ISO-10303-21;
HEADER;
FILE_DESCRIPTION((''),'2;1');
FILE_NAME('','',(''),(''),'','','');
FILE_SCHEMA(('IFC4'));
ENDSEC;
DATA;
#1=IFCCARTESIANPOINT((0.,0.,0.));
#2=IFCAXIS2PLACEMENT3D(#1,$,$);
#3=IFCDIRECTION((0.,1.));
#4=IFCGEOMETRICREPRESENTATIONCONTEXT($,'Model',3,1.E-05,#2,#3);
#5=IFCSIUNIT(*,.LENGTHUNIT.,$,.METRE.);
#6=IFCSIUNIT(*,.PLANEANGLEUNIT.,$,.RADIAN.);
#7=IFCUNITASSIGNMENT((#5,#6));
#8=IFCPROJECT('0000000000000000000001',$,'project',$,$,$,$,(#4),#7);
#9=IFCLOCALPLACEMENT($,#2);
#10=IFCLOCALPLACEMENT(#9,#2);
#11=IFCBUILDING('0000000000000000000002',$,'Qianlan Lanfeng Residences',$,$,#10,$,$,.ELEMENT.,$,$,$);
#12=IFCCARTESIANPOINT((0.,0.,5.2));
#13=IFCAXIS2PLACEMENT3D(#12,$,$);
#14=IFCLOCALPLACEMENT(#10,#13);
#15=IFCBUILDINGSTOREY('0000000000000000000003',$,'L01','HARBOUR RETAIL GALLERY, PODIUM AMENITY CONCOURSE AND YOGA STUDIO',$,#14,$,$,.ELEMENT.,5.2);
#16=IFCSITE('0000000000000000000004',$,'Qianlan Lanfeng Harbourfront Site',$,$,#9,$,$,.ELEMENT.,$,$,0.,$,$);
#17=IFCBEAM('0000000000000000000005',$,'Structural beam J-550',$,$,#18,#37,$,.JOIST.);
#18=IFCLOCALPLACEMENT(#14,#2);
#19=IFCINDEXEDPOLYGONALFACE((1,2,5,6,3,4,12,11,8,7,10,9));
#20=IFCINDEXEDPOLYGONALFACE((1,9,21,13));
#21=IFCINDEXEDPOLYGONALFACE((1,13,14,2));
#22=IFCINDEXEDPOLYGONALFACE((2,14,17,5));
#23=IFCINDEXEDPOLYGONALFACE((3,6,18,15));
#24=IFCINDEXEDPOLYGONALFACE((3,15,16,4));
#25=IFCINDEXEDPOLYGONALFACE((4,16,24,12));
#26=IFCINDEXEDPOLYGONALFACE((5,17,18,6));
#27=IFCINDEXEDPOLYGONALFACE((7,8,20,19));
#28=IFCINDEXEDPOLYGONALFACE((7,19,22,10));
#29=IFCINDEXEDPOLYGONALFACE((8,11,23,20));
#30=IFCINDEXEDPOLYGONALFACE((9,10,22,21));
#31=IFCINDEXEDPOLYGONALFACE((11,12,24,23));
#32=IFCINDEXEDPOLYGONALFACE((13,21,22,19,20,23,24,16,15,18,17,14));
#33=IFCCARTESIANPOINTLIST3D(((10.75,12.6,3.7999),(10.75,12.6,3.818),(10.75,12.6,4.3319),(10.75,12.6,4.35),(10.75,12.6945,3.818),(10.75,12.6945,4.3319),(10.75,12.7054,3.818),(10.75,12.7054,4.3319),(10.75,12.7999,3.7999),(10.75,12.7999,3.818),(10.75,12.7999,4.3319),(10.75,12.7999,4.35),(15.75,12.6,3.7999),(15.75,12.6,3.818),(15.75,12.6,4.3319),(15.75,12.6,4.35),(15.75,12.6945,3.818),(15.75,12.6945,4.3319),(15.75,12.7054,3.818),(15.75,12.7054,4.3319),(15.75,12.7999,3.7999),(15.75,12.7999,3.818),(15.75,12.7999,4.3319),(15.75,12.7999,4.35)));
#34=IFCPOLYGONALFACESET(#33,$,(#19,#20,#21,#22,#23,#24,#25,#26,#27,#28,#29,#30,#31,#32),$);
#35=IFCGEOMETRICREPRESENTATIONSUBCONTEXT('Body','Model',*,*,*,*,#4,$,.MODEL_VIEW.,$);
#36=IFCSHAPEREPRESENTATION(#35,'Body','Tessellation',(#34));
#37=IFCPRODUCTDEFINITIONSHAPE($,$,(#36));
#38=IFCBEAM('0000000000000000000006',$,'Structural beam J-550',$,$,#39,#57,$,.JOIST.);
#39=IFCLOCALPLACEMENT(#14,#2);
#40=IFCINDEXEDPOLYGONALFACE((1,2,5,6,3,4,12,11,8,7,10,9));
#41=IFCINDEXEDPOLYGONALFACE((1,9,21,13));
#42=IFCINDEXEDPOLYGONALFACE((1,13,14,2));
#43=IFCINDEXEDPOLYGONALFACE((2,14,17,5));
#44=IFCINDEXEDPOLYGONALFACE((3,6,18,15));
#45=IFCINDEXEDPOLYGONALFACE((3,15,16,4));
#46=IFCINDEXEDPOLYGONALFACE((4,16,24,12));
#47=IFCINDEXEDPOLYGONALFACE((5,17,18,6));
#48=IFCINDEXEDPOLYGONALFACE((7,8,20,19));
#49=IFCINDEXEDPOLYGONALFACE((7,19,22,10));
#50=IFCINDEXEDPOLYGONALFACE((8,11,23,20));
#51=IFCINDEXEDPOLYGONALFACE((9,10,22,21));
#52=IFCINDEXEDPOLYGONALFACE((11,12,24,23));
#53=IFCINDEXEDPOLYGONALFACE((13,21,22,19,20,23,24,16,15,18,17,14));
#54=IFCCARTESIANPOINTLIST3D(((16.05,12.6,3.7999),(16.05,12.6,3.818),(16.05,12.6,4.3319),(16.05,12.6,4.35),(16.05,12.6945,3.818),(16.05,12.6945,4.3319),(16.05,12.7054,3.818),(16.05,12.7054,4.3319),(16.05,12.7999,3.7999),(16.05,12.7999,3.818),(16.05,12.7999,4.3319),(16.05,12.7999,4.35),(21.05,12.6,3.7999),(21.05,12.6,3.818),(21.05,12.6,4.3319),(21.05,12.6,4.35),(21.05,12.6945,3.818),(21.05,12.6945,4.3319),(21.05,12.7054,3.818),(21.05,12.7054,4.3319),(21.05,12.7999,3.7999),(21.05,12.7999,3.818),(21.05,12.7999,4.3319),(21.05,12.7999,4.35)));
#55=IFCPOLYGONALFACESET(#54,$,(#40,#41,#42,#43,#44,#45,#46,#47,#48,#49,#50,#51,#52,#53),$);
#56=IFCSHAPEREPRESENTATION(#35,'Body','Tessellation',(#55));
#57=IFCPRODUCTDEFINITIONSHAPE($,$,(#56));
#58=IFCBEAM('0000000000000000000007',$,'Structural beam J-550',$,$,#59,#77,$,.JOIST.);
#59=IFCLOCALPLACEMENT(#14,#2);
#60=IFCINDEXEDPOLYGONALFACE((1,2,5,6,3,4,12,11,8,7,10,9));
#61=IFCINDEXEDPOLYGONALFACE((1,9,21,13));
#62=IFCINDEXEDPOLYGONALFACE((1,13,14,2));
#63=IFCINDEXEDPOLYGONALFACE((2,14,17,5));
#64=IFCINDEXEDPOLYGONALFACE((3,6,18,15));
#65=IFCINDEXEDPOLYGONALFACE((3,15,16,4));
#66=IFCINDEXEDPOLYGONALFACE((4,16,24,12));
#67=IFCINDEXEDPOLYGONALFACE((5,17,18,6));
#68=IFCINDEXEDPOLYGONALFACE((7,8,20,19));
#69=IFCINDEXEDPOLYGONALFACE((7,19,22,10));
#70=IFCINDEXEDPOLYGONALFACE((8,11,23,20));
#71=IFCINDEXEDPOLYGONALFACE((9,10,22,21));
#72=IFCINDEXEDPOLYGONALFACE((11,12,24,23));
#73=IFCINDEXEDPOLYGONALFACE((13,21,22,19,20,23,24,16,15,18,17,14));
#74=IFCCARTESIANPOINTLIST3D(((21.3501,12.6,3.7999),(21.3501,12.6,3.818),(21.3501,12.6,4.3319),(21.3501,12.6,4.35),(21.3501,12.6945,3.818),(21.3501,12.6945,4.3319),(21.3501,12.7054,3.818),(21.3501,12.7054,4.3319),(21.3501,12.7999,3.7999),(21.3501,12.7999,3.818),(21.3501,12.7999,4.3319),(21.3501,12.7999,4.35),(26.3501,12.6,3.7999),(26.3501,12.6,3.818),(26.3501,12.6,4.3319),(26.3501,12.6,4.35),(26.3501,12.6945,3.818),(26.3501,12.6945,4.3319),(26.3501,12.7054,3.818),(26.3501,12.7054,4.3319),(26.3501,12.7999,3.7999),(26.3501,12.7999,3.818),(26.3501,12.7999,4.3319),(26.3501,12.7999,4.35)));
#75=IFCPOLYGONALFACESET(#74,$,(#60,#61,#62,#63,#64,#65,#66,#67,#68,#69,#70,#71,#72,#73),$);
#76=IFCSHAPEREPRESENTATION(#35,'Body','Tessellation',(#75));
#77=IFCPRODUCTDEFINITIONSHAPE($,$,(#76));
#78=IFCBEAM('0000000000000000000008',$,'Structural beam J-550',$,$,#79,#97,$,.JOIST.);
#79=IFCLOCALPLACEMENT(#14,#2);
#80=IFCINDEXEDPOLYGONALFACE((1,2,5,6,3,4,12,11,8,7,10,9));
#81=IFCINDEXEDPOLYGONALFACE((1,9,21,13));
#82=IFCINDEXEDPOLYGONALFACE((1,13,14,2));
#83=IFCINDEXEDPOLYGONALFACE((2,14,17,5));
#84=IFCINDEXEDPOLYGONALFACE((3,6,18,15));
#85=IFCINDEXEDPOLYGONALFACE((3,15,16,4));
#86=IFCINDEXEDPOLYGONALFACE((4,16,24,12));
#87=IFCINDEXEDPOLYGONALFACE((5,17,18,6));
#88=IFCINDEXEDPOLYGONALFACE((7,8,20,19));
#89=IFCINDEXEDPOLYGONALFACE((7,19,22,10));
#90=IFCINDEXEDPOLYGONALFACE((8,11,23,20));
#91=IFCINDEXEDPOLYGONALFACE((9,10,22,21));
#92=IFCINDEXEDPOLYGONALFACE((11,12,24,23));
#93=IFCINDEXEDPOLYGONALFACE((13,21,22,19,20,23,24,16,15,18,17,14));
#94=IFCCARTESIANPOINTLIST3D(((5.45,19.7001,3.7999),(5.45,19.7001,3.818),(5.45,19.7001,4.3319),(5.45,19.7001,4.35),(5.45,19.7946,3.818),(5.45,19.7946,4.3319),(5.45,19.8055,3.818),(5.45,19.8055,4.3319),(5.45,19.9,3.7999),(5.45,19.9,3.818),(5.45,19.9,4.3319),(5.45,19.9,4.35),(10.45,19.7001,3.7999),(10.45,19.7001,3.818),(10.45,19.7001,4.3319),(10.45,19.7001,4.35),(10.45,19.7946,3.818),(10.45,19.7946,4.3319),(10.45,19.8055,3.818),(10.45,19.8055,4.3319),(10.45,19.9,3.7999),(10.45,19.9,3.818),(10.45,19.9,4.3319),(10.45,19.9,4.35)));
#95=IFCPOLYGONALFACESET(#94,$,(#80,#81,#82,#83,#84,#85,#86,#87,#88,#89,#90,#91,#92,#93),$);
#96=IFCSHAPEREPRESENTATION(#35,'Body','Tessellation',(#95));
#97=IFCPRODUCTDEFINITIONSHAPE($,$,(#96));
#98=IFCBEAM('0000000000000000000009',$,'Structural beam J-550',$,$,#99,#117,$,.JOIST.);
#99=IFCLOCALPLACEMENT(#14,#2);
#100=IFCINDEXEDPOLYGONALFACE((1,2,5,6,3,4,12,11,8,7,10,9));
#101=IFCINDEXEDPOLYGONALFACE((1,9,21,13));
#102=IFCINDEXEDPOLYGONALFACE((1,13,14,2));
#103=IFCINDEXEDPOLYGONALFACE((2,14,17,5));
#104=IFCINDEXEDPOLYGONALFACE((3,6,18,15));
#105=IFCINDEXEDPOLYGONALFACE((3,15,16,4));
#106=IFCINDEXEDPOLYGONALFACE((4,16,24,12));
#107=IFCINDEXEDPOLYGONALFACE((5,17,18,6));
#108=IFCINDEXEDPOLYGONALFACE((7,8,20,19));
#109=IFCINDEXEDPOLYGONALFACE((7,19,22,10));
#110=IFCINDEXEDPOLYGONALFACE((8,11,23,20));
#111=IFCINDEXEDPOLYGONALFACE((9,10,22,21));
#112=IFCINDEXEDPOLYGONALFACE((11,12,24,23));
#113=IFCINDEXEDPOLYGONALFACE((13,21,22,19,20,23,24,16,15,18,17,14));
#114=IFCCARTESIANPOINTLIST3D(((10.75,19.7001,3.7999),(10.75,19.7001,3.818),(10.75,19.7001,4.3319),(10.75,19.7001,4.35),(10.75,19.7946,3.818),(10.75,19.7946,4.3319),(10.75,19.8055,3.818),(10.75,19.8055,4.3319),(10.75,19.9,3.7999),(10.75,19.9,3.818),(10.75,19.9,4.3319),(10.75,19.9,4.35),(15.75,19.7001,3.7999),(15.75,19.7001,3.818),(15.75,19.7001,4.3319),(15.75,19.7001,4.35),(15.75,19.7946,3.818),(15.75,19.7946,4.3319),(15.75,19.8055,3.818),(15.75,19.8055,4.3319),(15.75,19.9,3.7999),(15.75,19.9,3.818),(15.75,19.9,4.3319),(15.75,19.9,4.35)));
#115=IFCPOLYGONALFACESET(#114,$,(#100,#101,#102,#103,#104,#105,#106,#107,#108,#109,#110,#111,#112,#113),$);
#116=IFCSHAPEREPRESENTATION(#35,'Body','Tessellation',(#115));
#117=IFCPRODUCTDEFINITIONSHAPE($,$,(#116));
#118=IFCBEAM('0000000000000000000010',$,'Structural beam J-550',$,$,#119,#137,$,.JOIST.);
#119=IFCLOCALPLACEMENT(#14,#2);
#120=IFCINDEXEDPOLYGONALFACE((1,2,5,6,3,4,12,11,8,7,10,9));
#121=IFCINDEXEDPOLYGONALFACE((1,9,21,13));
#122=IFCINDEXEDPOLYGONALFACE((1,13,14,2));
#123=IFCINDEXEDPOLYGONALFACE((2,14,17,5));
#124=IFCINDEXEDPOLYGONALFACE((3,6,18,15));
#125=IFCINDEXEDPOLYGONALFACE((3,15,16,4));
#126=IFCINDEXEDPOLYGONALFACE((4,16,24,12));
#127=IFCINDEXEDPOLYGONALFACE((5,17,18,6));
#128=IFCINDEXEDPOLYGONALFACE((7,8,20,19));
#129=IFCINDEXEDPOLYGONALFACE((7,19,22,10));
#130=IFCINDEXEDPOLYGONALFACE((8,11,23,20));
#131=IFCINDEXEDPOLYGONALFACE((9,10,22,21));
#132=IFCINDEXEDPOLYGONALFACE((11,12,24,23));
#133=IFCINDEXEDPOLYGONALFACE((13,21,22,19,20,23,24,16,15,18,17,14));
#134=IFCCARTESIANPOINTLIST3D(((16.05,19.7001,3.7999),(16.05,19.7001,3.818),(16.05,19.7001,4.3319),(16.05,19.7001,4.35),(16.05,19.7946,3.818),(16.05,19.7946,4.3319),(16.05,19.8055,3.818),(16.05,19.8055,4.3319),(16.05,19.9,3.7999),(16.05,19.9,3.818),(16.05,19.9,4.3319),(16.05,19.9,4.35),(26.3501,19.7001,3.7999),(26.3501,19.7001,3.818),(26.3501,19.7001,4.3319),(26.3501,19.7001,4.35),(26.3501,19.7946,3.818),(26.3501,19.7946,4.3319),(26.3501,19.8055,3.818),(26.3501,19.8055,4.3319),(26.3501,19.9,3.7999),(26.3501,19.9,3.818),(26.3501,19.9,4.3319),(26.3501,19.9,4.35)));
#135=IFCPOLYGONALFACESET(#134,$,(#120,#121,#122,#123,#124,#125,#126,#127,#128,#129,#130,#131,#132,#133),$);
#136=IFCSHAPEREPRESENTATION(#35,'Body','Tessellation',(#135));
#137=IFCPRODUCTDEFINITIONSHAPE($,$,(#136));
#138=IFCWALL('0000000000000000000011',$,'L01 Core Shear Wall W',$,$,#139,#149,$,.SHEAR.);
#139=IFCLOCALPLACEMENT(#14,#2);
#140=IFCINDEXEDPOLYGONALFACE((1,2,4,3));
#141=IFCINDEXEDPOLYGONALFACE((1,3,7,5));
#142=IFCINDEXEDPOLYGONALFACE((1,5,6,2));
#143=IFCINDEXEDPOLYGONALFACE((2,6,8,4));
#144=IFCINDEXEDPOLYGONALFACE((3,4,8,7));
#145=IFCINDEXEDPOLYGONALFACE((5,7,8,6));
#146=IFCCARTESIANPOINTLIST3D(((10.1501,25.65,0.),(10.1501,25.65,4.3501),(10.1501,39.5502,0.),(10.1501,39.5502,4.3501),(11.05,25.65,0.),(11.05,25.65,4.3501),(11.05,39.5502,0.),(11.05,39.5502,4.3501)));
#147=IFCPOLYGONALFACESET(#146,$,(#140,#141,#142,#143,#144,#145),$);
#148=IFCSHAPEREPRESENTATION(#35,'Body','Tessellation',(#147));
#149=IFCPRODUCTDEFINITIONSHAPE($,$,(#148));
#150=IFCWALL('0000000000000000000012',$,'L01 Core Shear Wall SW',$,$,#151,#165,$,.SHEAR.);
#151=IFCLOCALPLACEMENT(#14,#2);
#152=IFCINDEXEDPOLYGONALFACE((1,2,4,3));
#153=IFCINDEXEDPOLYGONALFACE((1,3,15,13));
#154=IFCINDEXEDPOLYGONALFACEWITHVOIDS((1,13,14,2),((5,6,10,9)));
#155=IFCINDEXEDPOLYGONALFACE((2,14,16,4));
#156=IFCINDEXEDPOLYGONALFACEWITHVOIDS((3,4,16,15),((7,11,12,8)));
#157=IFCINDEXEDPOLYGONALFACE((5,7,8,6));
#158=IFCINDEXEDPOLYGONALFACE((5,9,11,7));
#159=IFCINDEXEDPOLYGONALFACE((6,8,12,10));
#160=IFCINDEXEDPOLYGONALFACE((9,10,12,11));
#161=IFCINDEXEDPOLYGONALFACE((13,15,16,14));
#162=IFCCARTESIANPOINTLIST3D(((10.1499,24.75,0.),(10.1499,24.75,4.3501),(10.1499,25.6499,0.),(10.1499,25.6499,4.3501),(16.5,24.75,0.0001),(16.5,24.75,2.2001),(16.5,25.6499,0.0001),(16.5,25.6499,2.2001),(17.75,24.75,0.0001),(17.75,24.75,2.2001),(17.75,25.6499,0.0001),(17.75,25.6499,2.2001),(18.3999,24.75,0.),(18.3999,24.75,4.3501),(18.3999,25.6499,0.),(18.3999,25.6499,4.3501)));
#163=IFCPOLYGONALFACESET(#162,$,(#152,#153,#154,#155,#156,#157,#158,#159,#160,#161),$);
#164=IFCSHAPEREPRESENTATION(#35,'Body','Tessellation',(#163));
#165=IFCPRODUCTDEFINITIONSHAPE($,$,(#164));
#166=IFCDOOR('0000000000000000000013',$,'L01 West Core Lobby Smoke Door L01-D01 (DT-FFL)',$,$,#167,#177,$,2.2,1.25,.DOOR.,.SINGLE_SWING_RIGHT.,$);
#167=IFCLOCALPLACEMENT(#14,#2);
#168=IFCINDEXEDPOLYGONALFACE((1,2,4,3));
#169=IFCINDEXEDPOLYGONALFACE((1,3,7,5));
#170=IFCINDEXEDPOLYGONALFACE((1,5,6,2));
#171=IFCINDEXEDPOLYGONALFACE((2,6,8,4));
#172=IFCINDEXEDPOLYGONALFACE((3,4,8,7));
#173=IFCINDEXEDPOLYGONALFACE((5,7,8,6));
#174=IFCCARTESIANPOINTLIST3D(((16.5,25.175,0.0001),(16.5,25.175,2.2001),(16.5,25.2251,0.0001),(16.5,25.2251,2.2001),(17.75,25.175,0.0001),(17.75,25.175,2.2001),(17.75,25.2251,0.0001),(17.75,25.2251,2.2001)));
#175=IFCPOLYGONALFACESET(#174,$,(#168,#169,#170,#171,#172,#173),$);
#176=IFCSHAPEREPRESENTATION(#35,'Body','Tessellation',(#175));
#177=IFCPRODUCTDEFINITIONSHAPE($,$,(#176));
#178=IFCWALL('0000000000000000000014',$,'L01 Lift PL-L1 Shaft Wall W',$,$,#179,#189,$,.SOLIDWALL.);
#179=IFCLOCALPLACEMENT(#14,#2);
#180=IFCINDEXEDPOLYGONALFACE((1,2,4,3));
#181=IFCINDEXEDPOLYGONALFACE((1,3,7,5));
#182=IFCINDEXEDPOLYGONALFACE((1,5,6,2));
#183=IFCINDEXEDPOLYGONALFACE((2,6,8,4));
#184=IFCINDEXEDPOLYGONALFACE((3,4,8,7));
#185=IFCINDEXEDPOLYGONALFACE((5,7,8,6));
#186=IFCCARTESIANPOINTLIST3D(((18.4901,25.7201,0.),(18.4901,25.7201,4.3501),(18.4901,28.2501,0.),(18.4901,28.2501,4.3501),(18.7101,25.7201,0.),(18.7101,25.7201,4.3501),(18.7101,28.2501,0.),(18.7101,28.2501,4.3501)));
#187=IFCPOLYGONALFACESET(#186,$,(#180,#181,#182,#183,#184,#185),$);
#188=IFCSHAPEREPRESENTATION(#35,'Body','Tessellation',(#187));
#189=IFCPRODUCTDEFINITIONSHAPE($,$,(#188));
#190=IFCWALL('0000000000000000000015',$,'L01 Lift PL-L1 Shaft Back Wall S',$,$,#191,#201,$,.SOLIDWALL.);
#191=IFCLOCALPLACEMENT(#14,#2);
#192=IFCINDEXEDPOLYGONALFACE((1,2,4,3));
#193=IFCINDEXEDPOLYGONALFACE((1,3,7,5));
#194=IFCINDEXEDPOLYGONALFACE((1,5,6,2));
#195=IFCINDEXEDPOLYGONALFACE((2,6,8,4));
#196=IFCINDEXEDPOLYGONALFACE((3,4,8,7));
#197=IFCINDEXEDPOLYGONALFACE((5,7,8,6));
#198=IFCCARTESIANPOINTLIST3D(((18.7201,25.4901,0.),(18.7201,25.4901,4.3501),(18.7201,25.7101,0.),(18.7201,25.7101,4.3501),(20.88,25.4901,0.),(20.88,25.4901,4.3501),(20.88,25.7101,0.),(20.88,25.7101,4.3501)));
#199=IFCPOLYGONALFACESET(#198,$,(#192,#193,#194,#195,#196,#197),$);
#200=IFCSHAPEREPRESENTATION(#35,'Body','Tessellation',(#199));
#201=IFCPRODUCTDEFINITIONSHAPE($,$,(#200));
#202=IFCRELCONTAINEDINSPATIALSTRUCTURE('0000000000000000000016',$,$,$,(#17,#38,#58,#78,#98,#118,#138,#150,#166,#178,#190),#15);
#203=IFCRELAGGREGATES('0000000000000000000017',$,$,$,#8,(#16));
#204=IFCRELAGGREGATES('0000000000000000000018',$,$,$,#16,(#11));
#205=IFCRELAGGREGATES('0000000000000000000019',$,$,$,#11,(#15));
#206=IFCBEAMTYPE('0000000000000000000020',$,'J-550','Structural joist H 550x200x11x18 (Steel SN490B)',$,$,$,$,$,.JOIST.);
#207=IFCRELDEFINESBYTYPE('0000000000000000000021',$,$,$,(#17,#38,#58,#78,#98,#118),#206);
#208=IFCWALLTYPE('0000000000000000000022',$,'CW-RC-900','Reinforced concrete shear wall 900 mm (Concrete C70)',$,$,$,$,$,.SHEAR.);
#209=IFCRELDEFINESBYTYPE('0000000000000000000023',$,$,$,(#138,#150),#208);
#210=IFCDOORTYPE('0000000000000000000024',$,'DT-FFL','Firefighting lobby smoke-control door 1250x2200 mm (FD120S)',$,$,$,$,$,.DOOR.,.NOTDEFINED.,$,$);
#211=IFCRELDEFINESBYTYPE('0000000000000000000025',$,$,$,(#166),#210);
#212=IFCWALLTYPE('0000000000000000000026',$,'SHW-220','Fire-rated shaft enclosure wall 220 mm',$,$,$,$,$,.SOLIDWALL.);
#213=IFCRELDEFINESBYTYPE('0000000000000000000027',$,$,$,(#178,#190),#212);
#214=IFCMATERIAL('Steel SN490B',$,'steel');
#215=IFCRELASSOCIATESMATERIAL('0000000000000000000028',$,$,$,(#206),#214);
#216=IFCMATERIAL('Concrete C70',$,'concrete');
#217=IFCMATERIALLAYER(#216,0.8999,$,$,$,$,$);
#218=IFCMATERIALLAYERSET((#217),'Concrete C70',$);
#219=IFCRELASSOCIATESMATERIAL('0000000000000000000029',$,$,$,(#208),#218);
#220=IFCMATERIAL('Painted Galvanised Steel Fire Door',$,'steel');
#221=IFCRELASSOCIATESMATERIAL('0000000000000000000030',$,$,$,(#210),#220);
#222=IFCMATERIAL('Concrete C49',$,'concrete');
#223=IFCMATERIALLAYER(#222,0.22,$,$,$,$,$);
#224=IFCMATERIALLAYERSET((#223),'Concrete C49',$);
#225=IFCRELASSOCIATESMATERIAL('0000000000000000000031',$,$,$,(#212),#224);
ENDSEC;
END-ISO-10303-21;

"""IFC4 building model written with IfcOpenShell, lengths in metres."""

from ifc_helpers import new_model, si_unit, direction, frame, frame_2d, origin, origin_2d, place, context, subcontext, project, spatial, rectangle, i_section, extrude, material, layer, layer_set, material_profile, profile_set, type_object, element, fill, save


model = new_model("IFC4")

# Units and contexts
model_context = context("Model", 3, precision=1e-05, world=origin(), true_north=direction((0.0, 1.0)))
body_context = subcontext(model_context, "Body", "Model", "MODEL_VIEW")
ifc_project = project(units=[si_unit("LENGTHUNIT", "METRE"), si_unit("PLANEANGLEUNIT", "RADIAN")], contexts=[model_context])

# Site, building, storey
site_placement = place(None, origin())
site = spatial("IfcSite", under=ifc_project, at=site_placement, Name="Qianlan Lanfeng Harbourfront Site", CompositionType="ELEMENT", RefElevation=0.0)
building_placement = place(site_placement, origin())
building = spatial("IfcBuilding", under=site, at=building_placement, Name="Qianlan Lanfeng Residences", CompositionType="ELEMENT")
storey_placement = place(building_placement, frame((0.0, 0.0, 5.2)))
storey = spatial("IfcBuildingStorey", under=building, at=storey_placement, Name="L01", Description="HARBOUR RETAIL GALLERY, PODIUM AMENITY CONCOURSE AND YOGA STUDIO", CompositionType="ELEMENT", Elevation=5.2)

# Beams
ifc_material_1 = material(Name="Steel SN490B", Category="steel")
ifc_material_profile_1 = material_profile(ifc_material_1, i_section(OverallWidth=0.2, OverallDepth=0.55, WebThickness=0.011, FlangeThickness=0.0181, at=origin_2d()), Name="H 550x200x11x18")
ifc_profile_set_1 = profile_set([ifc_material_profile_1], Name="Steel SN490B")
beam_type_1 = type_object("IfcBeamType", Name="J-550", Description="Structural joist H 550x200x11x18 (Steel SN490B)", PredefinedType="JOIST", material=ifc_profile_set_1)
for number, where, z_axis, x_axis, name in (
    (1, (10.75, 12.7, 4.075), (1.0, 0.0, 0.0), (0.0, 1.0, 0.0), "Structural beam J-550"),
    (2, (16.05, 12.7, 4.075), (1.0, 0.0, 0.0), (0.0, 1.0, 0.0), "Structural beam J-550"),
    (3, (21.3501, 12.7, 4.075), (1.0, 0.0, 0.0), (0.0, 1.0, 0.0), "Structural beam J-550"),
    (4, (5.45, 19.8, 4.075), (1.0, 0.0, 0.0), (0.0, 1.0, 0.0), "Structural beam J-550"),
    (5, (10.75, 19.8, 4.075), (1.0, 0.0, 0.0), (0.0, 1.0, 0.0), "Structural beam J-550"),
):
    element("IfcBeam", number, at=place(storey_placement, frame(where, z_axis=z_axis, x_axis=x_axis)), inside=storey, type_object=beam_type_1, Name=name, PredefinedType="JOIST", context=body_context, shape_type="SweptSolid", body=[
        extrude(i_section(OverallWidth=0.2, OverallDepth=0.55, WebThickness=0.011, FlangeThickness=0.0181, at=origin_2d()), origin(), (0.0, 0.0, 1.0), 5.0),
    ])
beam_1_placement = place(storey_placement, frame((16.05, 19.8, 4.075), z_axis=(1.0, 0.0, 0.0), x_axis=(0.0, 1.0, 0.0)))
element("IfcBeam", 6, at=beam_1_placement, inside=storey, type_object=beam_type_1, Name="Structural beam J-550", PredefinedType="JOIST", context=body_context, shape_type="SweptSolid", body=[
    extrude(i_section(OverallWidth=0.2, OverallDepth=0.55, WebThickness=0.011, FlangeThickness=0.0181, at=origin_2d()), origin(), (0.0, 0.0, 1.0), 10.3),
])

# Wall
ifc_material_2 = material(Name="Concrete C70", Category="concrete")
ifc_layer_1 = layer(ifc_material_2, 0.8999)
ifc_layer_set_1 = layer_set([ifc_layer_1], Name="Concrete C70")
wall_type_1 = type_object("IfcWallType", Name="CW-RC-900", Description="Reinforced concrete shear wall 900 mm (Concrete C70)", PredefinedType="SHEAR", material=ifc_layer_set_1)
wall_1_placement = place(storey_placement, frame((10.6001, 25.6499, 0.0), z_axis=(0.0, 0.0, 1.0), x_axis=(0.0, 1.0, 0.0)))
element("IfcWall", 7, at=wall_1_placement, inside=storey, type_object=wall_type_1, Name="L01 Core Shear Wall W", PredefinedType="SHEAR", context=body_context, shape_type="SweptSolid", body=[
    extrude(rectangle(XDim=13.9001, YDim=0.8999, at=frame_2d((6.9502, 0.0))), origin(), (0.0, 0.0, 1.0), 4.3501),
])

# Wall, opening, door
wall_2_placement = place(storey_placement, frame((10.1499, 25.2, 0.0), z_axis=(0.0, 0.0, 1.0), x_axis=(1.0, 0.0, 0.0)))
wall_2 = element("IfcWall", 8, at=wall_2_placement, inside=storey, type_object=wall_type_1, Name="L01 Core Shear Wall SW", PredefinedType="SHEAR", context=body_context, shape_type="SweptSolid", body=[
    extrude(rectangle(XDim=8.25, YDim=0.8999, at=frame_2d((4.125, 0.0))), origin(), (0.0, 0.0, 1.0), 4.3501),
])
opening_1_placement = place(wall_2_placement, frame((6.3501, 0.0, 0.0)))
opening_1 = element("IfcOpeningElement", 9, at=opening_1_placement, cuts=wall_2, PredefinedType="OPENING", context=body_context, shape_type="SweptSolid", body=[
    extrude(rectangle(XDim=1.25, YDim=2.2, at=frame_2d((0.625, 1.1001))), frame((0.0, 0.46, 0.0), z_axis=(0.0, -1.0, 0.0), x_axis=(1.0, 0.0, 0.0)), (0.0, 0.0, 1.0), 0.9199),
])
ifc_material_3 = material(Name="Painted Galvanised Steel Fire Door", Category="steel")
door_type_1 = type_object("IfcDoorType", Name="DT-FFL", Description="Firefighting lobby smoke-control door 1250x2200 mm (FD120S)", OperationType="NOTDEFINED", PredefinedType="DOOR", material=ifc_material_3)
door_1_placement = place(opening_1_placement, frame((1.25, 0.0, 0.0), z_axis=(0.0, 0.0, 1.0), x_axis=(-1.0, 0.0, 0.0)))
door_1 = element("IfcDoor", 10, at=door_1_placement, inside=storey, type_object=door_type_1, Name="L01 West Core Lobby Smoke Door L01-D01 (DT-FFL)", OperationType="SINGLE_SWING_RIGHT", OverallHeight=2.2, OverallWidth=1.25, PredefinedType="DOOR", context=body_context, shape_type="SweptSolid", body=[
    extrude(rectangle(XDim=1.25, YDim=2.2, at=frame_2d((0.625, 1.1001))), frame((0.0, 0.0249, 0.0), z_axis=(0.0, -1.0, 0.0), x_axis=(1.0, 0.0, 0.0)), (0.0, 0.0, 1.0), 0.05),
])
fill(opening_1, door_1)

# Walls
ifc_material_4 = material(Name="Concrete C49", Category="concrete")
ifc_layer_2 = layer(ifc_material_4, 0.22)
ifc_layer_set_2 = layer_set([ifc_layer_2], Name="Concrete C49")
wall_type_2 = type_object("IfcWallType", Name="SHW-220", Description="Fire-rated shaft enclosure wall 220 mm", PredefinedType="SOLIDWALL", material=ifc_layer_set_2)
wall_3_placement = place(storey_placement, frame((18.6001, 25.72, 0.0), z_axis=(0.0, 0.0, 1.0), x_axis=(0.0, 1.0, 0.0)))
element("IfcWall", 11, at=wall_3_placement, inside=storey, type_object=wall_type_2, Name="L01 Lift PL-L1 Shaft Wall W", PredefinedType="SOLIDWALL", context=body_context, shape_type="SweptSolid", body=[
    extrude(rectangle(XDim=2.53, YDim=0.22, at=frame_2d((1.2651, 0.0))), origin(), (0.0, 0.0, 1.0), 4.3501),
])
for number, where, z_axis, x_axis, name in (
    (12, (18.72, 25.6001, 0.0), (0.0, 0.0, 1.0), (1.0, 0.0, 0.0), "L01 Lift PL-L1 Shaft Back Wall S"),
):
    element("IfcWall", number, at=place(storey_placement, frame(where, z_axis=z_axis, x_axis=x_axis)), inside=storey, type_object=wall_type_2, Name=name, PredefinedType="SOLIDWALL", context=body_context, shape_type="SweptSolid", body=[
        extrude(rectangle(XDim=2.1599, YDim=0.22, at=frame_2d((1.0801, 0.0))), origin(), (0.0, 0.0, 1.0), 4.3501),
    ])

save(model, "model.ifc")
